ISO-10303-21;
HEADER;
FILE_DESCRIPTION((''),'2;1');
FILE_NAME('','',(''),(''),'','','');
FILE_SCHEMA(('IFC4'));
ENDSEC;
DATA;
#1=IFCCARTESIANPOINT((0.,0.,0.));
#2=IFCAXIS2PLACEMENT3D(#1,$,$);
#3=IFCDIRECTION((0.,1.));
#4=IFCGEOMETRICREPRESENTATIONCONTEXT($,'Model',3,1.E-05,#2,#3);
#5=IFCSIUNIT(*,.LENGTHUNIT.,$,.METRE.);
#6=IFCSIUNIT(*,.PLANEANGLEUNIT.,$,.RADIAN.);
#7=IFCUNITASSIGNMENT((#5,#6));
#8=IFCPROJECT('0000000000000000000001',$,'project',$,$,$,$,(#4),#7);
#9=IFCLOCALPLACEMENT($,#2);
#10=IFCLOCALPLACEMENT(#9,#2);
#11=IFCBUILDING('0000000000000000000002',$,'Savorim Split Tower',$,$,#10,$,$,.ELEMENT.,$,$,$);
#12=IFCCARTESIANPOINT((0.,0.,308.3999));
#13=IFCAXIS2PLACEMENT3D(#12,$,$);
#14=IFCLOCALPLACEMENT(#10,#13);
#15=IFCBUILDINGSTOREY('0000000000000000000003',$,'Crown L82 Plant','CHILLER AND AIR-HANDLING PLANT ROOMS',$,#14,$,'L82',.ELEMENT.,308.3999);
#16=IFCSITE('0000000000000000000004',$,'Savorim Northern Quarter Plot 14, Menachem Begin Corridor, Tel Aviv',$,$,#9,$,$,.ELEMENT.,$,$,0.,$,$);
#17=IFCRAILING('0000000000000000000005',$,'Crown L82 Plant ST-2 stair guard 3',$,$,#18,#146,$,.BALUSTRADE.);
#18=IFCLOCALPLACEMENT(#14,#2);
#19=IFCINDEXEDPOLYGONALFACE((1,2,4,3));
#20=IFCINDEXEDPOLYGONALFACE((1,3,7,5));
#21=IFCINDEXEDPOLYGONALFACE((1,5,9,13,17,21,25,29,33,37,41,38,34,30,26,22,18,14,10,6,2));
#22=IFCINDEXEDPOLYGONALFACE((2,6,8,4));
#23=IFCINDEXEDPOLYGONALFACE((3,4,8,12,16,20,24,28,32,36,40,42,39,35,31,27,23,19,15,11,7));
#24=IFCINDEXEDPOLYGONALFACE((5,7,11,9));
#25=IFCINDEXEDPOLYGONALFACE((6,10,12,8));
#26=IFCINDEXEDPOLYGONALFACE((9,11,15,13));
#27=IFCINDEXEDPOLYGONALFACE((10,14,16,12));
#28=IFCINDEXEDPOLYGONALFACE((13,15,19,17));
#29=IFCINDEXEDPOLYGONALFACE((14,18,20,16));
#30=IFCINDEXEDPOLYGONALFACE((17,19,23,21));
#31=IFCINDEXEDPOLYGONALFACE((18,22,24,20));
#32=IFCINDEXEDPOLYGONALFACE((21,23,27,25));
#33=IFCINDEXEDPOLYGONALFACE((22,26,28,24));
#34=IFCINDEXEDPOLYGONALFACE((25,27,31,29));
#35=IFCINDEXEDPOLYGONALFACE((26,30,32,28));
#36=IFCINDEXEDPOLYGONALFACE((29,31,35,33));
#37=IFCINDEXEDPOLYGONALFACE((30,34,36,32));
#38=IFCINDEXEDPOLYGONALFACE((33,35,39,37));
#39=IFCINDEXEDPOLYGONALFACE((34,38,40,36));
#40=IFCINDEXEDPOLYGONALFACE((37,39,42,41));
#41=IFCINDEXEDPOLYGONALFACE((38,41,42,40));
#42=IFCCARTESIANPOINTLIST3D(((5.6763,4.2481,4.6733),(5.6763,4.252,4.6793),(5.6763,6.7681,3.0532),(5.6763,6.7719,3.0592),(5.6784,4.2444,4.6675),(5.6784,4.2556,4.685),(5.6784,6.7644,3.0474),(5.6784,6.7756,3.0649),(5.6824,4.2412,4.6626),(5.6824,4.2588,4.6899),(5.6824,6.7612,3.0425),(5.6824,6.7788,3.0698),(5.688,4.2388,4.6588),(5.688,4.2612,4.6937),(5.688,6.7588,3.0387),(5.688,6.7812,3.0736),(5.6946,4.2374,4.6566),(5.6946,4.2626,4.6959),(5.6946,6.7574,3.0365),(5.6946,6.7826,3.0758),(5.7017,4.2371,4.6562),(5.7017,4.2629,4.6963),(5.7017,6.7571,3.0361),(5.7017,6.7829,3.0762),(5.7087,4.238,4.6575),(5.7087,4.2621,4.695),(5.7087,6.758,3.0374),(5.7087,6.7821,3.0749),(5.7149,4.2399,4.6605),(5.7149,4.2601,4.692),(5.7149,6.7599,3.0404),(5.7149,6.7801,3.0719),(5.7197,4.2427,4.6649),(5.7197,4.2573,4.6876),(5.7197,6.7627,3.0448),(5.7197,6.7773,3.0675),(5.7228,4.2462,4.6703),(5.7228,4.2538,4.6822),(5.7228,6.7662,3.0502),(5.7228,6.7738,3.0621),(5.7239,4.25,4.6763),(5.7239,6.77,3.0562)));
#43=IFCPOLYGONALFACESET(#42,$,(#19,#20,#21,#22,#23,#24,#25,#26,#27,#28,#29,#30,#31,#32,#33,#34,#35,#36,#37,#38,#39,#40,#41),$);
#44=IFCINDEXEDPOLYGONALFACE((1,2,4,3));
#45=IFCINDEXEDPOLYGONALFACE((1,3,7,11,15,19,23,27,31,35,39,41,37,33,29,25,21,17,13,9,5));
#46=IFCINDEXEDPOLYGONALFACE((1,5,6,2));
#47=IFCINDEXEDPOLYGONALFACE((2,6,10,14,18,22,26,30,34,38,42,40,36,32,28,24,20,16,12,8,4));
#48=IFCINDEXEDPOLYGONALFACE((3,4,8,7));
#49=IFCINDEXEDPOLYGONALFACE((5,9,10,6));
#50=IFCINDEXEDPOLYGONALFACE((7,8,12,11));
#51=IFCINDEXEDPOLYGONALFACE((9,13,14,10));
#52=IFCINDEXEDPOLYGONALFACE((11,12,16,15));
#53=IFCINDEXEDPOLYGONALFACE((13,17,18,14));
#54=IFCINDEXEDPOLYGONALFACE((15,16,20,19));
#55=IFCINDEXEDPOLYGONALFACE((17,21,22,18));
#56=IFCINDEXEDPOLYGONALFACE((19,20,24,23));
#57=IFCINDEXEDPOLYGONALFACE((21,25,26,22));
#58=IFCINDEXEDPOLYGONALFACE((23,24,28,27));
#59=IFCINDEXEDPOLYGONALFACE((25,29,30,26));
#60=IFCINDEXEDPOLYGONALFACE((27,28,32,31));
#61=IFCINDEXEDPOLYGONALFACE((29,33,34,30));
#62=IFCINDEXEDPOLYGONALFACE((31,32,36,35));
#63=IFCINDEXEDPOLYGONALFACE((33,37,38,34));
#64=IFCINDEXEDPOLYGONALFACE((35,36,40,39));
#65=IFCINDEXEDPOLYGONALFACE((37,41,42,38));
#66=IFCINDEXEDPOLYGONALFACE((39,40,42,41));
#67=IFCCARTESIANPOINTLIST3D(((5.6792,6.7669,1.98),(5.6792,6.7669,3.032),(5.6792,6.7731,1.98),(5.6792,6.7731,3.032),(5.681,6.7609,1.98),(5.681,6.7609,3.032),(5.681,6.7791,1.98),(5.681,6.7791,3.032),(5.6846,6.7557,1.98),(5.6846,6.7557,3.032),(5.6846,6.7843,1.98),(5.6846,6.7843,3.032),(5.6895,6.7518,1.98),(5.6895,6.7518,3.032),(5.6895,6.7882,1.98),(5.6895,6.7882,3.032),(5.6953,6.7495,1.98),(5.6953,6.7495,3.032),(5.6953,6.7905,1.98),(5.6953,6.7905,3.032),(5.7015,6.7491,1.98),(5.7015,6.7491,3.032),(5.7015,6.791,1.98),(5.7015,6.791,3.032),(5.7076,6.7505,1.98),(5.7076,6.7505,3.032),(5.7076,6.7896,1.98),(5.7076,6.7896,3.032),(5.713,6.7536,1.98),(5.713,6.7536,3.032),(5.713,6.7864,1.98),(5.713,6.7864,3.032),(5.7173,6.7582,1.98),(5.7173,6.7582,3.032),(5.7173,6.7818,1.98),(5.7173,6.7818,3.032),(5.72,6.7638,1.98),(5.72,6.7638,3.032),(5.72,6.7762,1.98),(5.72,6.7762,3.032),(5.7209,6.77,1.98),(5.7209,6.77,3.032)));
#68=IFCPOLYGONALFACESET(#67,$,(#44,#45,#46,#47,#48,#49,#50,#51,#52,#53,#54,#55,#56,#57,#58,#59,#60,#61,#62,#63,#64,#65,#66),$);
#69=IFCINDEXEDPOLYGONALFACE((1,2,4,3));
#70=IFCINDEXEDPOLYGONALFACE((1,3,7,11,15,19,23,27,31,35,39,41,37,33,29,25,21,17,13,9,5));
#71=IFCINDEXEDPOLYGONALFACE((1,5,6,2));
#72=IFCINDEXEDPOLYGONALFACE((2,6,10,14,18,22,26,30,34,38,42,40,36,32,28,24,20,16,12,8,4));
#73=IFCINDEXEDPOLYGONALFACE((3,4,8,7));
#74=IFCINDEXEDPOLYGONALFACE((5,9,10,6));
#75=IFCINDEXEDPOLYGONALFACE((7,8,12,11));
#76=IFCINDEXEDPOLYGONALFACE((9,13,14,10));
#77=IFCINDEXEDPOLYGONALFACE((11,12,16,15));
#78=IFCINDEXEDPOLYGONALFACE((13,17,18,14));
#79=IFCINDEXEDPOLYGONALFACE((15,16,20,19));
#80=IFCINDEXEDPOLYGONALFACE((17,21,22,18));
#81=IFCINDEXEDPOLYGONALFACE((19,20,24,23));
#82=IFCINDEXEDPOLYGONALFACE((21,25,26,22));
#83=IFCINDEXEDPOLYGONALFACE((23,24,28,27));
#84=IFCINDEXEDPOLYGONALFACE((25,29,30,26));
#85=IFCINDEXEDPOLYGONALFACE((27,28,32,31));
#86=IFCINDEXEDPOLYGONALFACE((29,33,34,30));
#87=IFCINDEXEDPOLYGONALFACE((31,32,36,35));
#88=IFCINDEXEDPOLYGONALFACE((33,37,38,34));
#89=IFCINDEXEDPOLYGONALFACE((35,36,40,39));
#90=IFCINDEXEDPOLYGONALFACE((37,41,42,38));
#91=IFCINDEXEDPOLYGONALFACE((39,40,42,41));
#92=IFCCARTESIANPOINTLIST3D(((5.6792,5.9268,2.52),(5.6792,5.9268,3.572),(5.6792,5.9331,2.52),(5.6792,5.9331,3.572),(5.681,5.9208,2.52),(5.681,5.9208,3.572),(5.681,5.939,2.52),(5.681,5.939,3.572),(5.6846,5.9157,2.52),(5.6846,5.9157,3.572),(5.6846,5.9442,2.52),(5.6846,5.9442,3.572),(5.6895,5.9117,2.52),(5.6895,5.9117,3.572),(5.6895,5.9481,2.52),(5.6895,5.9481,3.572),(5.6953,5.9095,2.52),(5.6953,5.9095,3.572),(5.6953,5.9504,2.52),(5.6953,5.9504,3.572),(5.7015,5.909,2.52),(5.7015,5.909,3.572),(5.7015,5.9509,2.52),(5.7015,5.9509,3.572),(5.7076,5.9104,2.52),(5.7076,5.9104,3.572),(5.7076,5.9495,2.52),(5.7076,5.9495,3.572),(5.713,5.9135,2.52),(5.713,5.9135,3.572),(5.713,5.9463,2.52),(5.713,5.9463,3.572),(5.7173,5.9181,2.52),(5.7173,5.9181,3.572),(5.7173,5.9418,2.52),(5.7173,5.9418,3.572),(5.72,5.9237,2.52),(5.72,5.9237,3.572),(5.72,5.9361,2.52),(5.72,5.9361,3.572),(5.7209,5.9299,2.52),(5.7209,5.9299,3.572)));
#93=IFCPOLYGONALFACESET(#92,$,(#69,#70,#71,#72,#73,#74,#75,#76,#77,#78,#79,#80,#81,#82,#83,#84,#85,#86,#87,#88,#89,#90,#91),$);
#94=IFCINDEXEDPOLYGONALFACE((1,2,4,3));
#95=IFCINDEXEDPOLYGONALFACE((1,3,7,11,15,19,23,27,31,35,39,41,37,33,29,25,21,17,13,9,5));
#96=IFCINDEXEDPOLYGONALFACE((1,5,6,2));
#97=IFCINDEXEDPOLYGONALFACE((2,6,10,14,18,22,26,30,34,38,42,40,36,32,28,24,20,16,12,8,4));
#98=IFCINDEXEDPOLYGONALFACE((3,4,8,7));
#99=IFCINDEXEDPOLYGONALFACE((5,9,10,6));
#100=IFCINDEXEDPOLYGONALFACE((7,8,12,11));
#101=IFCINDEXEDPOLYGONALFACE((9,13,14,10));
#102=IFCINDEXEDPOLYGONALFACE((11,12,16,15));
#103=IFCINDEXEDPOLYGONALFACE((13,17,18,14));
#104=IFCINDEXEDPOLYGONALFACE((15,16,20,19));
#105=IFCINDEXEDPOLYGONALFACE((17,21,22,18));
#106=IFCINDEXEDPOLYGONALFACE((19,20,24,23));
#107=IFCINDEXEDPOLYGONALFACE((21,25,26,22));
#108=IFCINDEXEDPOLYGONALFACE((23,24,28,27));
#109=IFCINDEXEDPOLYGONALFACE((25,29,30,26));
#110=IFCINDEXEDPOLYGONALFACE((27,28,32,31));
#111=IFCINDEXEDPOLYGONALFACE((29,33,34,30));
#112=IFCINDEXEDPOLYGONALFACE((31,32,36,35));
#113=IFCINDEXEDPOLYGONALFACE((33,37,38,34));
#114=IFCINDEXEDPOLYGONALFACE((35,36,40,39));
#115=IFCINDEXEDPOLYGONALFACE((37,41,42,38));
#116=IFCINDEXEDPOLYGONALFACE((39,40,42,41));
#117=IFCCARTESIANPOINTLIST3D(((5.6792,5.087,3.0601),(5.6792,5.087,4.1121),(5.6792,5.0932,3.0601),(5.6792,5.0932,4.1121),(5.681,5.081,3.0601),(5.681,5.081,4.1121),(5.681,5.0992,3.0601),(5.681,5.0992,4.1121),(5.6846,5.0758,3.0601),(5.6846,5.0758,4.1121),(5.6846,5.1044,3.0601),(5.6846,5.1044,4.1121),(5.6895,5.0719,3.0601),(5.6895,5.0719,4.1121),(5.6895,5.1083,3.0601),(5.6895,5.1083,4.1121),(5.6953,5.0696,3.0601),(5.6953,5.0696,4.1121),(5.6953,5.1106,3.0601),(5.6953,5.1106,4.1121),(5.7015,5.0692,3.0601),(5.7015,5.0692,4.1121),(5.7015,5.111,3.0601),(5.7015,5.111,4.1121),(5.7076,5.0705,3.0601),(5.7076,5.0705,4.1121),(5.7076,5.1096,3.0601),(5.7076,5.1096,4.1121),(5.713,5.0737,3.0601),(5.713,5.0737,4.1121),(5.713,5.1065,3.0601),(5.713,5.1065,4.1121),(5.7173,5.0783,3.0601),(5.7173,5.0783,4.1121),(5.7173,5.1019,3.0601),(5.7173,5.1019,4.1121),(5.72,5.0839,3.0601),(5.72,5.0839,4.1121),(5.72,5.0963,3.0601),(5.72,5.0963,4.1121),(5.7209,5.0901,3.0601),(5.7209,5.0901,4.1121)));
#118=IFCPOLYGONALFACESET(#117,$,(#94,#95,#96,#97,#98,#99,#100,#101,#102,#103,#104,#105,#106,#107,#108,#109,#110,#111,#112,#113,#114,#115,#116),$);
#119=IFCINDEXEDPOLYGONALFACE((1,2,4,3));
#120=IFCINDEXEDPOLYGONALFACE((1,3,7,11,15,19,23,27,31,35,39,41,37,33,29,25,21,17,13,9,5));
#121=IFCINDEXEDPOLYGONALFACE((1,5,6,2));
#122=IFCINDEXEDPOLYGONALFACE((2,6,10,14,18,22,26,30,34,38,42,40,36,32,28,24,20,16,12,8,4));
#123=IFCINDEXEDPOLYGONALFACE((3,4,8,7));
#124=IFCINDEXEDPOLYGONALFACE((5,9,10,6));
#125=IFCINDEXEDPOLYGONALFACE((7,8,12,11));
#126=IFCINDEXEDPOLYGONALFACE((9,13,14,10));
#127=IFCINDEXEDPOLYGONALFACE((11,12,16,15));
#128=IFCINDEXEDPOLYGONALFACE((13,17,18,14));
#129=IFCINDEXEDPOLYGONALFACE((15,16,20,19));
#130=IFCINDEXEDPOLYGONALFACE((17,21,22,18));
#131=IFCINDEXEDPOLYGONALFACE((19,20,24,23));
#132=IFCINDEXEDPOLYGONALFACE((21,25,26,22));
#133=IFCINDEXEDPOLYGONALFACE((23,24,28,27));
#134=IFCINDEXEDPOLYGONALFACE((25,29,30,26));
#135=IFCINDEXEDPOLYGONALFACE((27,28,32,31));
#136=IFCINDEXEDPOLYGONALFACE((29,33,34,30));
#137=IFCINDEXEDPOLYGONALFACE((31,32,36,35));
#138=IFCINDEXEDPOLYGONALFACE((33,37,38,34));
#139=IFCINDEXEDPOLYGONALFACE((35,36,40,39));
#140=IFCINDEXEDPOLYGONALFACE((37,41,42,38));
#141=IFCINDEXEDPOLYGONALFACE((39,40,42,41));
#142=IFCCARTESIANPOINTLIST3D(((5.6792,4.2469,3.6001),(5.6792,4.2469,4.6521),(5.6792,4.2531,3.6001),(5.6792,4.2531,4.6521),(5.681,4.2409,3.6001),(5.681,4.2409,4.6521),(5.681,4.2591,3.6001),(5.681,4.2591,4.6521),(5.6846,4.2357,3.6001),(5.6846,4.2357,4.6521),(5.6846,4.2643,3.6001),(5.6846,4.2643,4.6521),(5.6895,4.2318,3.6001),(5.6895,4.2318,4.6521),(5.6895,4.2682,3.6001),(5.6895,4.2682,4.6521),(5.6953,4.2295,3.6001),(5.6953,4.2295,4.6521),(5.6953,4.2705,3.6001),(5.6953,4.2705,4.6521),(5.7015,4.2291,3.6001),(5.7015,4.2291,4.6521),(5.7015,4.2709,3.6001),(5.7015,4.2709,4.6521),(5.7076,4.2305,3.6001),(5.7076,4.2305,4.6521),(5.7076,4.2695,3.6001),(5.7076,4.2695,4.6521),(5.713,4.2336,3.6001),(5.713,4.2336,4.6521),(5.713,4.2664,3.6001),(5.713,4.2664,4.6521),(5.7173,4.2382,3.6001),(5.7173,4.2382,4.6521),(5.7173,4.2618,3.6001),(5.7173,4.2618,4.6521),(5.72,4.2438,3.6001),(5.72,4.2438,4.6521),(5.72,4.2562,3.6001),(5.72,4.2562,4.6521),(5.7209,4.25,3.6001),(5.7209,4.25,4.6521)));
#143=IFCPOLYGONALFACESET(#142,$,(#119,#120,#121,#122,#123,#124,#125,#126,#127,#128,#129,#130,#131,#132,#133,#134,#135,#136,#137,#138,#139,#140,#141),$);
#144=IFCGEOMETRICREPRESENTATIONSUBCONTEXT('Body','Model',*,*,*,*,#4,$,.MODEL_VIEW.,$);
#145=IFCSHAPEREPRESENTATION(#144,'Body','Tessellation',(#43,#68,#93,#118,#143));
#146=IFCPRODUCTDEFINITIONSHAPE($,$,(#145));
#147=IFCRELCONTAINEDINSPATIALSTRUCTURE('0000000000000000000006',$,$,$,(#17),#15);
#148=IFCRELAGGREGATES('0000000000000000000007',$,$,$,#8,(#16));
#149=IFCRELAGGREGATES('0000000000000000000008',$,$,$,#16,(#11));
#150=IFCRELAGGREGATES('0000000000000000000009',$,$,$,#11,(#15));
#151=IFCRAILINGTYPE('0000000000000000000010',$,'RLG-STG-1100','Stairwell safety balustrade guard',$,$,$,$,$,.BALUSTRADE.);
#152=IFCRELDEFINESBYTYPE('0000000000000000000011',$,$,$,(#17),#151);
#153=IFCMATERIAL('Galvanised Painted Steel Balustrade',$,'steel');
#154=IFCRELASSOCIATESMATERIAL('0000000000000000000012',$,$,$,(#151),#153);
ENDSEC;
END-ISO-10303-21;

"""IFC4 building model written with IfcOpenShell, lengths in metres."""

from ifc_helpers import new_model, si_unit, direction, frame, origin, origin_2d, place, context, subcontext, project, spatial, circle, extrude, material, type_object, element, save


model = new_model("IFC4")

# Units and contexts
model_context = context("Model", 3, precision=1e-05, world=origin(), true_north=direction((0.0, 1.0)))
body_context = subcontext(model_context, "Body", "Model", "MODEL_VIEW")
ifc_project = project(units=[si_unit("LENGTHUNIT", "METRE"), si_unit("PLANEANGLEUNIT", "RADIAN")], contexts=[model_context])

# Site, building, storey
site_placement = place(None, origin())
site = spatial("IfcSite", under=ifc_project, at=site_placement, Name="Savorim Northern Quarter Plot 14, Menachem Begin Corridor, Tel Aviv", CompositionType="ELEMENT", RefElevation=0.0)
building_placement = place(site_placement, origin())
building = spatial("IfcBuilding", under=site, at=building_placement, Name="Savorim Split Tower", CompositionType="ELEMENT")
storey_placement = place(building_placement, frame((0.0, 0.0, 308.3999)))
storey = spatial("IfcBuildingStorey", under=building, at=storey_placement, Name="Crown L82 Plant", Description="CHILLER AND AIR-HANDLING PLANT ROOMS", LongName="L82", CompositionType="ELEMENT", Elevation=308.3999)

# Railing
ifc_material_1 = material(Name="Galvanised Painted Steel Balustrade", Category="steel")
railing_type_1 = type_object("IfcRailingType", Name="RLG-STG-1100", Description="Stairwell safety balustrade guard", PredefinedType="BALUSTRADE", material=ifc_material_1)
railing_1_placement = place(storey_placement, frame((5.7, 6.77, 1.98)))
element("IfcRailing", 1, at=railing_1_placement, inside=storey, type_object=railing_type_1, Name="Crown L82 Plant ST-2 stair guard 3", PredefinedType="BALUSTRADE", context=body_context, shape_type="SweptSolid", body=[
    extrude(circle(Radius=0.0239, at=origin_2d()), frame((0.0, 0.0, 1.0762), z_axis=(0.0, -0.841163, 0.540782), x_axis=(1.0, 0.0, 0.0)), (0.0, 0.0, 1.0), 2.9958),
    extrude(circle(Radius=0.021, at=origin_2d()), origin(), (0.0, 0.0, 1.0), 1.052),
    extrude(circle(Radius=0.021, at=origin_2d()), frame((0.0, -0.8401, 0.54)), (0.0, 0.0, 1.0), 1.052),
    extrude(circle(Radius=0.021, at=origin_2d()), frame((0.0, -1.6799, 1.0801)), (0.0, 0.0, 1.0), 1.052),
    extrude(circle(Radius=0.021, at=origin_2d()), frame((0.0, -2.52, 1.6201)), (0.0, 0.0, 1.0), 1.052),
])

save(model, "model.ifc")
